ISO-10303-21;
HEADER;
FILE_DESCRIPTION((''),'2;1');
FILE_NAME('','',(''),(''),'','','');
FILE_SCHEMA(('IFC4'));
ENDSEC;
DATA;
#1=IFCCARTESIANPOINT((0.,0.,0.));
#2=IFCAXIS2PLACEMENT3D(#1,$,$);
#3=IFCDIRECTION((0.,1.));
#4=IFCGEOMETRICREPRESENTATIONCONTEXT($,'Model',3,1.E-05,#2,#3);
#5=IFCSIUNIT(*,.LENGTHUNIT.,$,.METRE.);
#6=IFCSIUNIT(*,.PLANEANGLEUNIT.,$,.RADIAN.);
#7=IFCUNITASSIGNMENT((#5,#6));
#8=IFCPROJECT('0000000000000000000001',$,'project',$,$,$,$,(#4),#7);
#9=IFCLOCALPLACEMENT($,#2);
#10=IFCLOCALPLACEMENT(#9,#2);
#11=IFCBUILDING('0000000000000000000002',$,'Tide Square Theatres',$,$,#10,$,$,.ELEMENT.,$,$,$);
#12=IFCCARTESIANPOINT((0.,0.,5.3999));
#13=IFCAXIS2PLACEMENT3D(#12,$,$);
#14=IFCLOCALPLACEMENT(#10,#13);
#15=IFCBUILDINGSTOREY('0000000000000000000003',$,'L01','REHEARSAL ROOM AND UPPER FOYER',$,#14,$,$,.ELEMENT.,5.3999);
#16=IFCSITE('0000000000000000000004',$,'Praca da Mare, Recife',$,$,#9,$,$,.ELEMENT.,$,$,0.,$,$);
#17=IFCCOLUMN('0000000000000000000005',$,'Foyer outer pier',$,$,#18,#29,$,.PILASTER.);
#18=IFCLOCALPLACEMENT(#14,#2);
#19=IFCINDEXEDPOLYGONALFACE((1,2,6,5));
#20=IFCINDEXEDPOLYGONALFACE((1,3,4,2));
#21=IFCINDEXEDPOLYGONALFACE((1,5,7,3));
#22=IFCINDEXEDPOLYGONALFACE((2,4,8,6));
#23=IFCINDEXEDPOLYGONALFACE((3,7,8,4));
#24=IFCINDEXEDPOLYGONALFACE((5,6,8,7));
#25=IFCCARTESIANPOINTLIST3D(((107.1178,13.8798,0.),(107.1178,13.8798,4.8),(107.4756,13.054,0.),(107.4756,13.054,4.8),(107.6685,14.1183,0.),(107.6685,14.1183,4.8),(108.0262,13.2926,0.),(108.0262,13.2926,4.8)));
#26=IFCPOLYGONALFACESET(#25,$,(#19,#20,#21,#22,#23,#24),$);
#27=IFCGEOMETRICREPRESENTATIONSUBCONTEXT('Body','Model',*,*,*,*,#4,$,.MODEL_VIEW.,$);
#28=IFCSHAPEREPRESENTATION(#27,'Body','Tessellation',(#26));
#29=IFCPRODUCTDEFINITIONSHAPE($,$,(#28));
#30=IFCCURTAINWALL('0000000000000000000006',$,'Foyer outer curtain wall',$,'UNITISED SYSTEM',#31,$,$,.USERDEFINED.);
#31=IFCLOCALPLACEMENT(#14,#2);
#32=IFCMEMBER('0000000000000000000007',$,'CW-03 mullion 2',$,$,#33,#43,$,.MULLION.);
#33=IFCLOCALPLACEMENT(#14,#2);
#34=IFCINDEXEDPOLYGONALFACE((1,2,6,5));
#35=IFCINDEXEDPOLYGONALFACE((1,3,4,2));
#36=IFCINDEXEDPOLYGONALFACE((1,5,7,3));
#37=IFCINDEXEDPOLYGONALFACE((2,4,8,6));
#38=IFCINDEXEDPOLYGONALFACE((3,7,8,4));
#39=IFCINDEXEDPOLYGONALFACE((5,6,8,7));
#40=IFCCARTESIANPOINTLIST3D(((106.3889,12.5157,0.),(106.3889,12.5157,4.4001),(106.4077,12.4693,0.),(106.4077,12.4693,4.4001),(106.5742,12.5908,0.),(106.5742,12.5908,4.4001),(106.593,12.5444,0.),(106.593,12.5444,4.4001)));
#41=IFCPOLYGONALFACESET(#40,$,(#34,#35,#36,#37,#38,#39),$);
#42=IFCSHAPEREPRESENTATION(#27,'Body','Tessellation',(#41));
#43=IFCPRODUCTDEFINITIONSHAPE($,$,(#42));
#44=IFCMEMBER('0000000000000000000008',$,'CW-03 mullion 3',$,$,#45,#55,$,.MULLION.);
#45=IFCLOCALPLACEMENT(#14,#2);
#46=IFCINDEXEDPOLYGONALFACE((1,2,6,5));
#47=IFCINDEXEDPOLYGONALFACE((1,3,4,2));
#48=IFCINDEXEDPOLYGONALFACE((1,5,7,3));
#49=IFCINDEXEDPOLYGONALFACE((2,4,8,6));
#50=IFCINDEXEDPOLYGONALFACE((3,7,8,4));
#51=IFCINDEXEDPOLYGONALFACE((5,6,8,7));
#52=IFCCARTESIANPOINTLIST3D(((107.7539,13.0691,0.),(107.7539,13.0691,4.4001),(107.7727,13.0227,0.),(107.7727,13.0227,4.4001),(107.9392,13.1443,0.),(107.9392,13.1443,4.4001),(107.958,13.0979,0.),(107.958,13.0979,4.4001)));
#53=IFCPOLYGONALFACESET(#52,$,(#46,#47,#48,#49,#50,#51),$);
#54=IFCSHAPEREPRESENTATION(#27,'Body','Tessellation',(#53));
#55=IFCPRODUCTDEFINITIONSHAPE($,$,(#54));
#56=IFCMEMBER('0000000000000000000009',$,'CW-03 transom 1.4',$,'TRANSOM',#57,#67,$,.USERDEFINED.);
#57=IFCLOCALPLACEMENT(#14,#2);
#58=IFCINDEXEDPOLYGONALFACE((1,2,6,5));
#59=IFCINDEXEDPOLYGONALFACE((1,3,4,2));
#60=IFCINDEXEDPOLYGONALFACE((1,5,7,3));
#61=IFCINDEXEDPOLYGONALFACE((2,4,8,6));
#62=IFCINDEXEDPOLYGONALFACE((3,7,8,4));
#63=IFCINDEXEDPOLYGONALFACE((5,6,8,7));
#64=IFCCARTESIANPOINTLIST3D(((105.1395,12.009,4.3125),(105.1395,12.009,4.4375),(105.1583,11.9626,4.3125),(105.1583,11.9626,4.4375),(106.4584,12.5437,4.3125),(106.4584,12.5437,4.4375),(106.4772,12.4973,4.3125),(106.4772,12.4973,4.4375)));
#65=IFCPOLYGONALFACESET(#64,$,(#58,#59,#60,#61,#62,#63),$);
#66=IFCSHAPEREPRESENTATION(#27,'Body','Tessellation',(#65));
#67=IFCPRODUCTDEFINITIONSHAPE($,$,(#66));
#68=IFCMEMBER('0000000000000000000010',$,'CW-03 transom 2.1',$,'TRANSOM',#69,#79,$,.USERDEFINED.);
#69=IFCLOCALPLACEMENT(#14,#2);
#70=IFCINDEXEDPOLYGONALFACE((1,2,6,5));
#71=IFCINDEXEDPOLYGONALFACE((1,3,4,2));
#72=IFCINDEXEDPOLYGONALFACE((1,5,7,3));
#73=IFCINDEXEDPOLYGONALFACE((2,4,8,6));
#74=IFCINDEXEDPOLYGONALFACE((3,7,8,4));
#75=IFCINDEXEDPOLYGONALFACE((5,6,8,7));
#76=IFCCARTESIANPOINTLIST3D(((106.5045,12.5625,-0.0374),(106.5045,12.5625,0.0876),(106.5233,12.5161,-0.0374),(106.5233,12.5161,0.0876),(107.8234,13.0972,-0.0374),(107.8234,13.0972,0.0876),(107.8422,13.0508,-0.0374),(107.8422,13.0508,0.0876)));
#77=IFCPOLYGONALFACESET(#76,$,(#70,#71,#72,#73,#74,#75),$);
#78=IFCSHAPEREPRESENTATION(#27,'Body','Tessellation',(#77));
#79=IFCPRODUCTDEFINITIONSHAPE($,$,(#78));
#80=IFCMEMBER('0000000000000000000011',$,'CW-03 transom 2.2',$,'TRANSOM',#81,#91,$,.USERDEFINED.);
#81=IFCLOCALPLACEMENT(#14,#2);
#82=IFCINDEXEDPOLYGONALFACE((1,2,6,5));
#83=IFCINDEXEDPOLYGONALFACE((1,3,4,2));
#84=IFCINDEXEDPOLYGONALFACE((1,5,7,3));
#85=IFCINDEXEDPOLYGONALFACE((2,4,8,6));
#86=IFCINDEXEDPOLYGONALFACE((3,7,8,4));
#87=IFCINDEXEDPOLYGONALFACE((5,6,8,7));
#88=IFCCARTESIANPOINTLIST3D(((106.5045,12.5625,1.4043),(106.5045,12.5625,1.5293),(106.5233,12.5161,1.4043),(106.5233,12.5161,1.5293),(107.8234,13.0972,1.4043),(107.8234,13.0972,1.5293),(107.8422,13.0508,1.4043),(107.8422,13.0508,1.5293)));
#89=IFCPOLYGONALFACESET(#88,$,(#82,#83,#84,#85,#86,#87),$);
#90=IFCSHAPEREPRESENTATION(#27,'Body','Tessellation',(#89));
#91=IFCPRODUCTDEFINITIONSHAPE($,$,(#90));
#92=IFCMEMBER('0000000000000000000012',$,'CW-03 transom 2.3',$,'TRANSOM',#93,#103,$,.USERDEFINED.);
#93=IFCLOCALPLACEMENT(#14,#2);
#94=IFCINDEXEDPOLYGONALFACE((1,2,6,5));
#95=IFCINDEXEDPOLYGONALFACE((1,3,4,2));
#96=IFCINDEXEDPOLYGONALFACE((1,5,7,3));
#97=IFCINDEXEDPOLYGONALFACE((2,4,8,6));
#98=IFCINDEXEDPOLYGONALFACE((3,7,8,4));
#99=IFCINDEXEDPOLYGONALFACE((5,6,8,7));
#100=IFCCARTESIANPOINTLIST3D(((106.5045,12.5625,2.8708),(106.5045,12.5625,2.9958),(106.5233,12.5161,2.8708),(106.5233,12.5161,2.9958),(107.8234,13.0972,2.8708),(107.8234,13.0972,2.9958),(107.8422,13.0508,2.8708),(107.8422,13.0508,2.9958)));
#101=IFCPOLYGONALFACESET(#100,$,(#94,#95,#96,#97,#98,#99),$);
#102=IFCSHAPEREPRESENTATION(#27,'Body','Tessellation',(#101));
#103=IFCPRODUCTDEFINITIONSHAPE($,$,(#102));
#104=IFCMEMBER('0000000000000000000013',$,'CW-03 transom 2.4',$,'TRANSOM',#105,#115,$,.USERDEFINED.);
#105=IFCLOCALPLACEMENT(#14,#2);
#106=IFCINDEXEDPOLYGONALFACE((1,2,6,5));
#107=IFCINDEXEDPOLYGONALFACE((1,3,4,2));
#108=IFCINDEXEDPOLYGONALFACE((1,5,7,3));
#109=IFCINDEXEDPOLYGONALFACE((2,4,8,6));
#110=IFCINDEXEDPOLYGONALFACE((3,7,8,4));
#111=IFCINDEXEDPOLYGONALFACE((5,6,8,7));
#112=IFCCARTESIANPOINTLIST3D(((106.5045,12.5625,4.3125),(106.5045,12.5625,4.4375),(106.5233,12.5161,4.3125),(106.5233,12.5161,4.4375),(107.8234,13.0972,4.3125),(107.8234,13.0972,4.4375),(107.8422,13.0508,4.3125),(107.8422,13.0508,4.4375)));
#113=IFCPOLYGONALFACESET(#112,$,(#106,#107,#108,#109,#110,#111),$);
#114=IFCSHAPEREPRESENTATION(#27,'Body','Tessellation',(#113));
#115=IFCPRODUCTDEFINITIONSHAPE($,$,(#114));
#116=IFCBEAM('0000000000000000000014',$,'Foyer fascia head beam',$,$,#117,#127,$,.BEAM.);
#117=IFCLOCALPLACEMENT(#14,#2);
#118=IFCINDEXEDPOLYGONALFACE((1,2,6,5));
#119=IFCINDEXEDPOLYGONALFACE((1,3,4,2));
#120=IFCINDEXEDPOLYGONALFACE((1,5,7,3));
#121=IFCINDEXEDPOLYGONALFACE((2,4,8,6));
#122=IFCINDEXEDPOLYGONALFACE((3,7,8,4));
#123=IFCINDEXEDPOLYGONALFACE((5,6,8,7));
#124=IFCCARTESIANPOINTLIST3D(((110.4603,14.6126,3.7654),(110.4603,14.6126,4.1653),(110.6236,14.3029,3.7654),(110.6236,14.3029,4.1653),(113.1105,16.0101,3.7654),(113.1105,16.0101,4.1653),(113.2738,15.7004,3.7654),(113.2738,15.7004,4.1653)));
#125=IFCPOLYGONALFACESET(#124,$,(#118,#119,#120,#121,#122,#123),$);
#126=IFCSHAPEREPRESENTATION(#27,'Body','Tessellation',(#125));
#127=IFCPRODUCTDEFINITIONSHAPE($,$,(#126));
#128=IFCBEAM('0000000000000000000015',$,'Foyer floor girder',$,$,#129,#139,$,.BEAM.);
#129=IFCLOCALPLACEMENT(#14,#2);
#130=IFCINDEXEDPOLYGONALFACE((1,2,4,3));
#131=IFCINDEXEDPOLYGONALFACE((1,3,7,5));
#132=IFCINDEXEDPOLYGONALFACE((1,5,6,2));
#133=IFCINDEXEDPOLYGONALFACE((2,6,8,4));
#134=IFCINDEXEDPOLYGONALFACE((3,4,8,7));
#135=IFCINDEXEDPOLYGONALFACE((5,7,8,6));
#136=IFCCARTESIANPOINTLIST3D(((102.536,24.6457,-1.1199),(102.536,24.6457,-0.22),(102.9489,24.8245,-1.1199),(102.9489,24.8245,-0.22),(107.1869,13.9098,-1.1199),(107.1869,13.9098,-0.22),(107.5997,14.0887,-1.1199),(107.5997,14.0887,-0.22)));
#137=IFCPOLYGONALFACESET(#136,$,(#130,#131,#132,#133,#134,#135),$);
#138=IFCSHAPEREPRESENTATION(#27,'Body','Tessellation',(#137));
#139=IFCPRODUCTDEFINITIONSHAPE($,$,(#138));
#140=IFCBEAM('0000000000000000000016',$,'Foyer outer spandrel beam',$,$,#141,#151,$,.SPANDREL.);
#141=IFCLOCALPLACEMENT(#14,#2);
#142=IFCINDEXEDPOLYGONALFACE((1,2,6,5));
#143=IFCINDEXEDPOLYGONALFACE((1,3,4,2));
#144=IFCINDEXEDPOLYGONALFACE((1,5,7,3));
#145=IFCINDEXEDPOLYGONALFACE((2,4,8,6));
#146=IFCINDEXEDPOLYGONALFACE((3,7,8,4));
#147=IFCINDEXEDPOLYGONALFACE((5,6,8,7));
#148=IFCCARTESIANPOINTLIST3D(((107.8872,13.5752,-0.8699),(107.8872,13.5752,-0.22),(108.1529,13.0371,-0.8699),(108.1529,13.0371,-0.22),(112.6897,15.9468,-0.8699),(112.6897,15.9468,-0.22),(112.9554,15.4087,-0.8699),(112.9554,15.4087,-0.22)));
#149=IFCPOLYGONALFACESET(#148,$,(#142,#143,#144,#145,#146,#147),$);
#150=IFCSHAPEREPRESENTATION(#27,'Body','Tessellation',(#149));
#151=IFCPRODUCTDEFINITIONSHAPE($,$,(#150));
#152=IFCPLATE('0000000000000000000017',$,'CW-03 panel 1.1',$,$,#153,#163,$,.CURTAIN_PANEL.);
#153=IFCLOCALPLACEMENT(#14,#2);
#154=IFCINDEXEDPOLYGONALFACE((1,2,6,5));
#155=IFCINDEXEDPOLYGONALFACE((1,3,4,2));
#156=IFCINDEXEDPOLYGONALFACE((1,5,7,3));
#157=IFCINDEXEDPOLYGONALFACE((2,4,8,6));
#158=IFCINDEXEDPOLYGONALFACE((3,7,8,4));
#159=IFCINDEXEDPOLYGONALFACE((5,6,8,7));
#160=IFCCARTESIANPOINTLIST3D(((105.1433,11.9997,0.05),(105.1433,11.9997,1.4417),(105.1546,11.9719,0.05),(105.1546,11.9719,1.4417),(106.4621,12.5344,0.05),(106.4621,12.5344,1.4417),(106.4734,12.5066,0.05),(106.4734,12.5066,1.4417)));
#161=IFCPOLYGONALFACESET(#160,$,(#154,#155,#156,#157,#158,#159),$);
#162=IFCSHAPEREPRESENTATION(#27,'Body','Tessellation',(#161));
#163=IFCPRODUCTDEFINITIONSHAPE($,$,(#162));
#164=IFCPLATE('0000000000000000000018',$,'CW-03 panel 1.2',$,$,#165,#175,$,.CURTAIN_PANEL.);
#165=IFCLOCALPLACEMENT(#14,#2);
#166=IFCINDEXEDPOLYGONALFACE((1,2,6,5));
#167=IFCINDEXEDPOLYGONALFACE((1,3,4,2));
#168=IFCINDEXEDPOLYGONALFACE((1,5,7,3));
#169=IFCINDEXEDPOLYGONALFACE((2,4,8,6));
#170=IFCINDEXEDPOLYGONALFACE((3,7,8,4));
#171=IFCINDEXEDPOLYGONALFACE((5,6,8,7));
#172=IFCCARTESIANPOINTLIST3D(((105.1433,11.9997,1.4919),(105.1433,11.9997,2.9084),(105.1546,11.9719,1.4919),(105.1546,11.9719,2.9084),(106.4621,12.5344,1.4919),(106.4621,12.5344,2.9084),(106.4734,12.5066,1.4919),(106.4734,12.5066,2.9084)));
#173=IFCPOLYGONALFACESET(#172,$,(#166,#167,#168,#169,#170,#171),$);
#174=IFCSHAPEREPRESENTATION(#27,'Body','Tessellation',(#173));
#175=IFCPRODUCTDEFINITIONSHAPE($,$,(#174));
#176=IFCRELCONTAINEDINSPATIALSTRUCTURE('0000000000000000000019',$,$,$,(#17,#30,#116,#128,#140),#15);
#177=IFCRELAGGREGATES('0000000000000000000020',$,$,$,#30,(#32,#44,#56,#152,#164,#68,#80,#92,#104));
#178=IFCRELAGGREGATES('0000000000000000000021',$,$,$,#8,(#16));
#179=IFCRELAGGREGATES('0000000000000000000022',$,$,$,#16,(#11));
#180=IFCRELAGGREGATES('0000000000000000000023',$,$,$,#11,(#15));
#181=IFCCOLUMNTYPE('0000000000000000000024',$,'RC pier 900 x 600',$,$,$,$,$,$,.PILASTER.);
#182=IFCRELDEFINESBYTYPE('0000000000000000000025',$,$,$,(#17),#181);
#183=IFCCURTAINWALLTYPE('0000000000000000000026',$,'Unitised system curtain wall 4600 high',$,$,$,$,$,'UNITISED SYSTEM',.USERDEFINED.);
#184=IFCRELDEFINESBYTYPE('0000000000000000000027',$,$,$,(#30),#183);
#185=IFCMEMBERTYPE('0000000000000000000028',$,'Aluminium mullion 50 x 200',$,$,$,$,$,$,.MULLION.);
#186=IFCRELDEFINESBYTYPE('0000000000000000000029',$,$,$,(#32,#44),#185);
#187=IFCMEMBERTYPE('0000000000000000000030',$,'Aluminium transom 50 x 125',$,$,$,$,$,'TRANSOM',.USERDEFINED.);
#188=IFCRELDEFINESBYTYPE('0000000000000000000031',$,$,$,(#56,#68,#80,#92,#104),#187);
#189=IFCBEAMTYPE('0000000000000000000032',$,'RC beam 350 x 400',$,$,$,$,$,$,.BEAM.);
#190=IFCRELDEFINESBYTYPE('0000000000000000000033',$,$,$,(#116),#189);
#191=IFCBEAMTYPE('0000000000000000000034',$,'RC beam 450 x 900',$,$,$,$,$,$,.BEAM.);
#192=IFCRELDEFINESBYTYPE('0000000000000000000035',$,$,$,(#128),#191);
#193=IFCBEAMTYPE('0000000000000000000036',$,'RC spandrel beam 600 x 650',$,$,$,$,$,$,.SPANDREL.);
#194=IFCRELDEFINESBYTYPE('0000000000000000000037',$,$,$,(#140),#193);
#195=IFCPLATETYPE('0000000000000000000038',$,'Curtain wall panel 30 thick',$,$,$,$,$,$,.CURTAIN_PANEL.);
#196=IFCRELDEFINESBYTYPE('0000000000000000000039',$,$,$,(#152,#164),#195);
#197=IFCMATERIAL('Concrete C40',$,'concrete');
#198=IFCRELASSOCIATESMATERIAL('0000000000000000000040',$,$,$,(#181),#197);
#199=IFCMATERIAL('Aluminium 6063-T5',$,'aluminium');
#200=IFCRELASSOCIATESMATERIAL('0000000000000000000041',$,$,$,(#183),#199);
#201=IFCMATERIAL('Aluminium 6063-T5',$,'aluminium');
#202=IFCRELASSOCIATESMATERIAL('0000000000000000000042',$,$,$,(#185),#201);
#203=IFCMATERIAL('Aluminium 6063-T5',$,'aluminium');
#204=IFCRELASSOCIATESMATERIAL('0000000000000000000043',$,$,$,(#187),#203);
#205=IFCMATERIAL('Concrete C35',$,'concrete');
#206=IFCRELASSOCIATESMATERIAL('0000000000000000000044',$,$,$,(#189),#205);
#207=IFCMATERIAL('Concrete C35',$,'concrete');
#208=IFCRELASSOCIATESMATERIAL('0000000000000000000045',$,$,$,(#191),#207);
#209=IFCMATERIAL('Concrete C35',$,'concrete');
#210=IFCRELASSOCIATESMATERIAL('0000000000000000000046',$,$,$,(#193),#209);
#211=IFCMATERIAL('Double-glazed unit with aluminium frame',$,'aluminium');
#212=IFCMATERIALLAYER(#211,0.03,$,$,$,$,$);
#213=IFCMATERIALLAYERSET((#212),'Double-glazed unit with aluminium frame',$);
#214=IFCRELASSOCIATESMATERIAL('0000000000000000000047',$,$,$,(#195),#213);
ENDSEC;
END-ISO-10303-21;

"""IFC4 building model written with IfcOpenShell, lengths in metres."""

from ifc_helpers import new_model, si_unit, direction, frame, origin, origin_2d, place, context, subcontext, project, spatial, rectangle, extrude, material, layer, layer_set, material_profile, profile_set, type_object, element, aggregate, save


model = new_model("IFC4")

# Units and contexts
model_context = context("Model", 3, precision=1e-05, world=origin(), true_north=direction((0.0, 1.0)))
body_context = subcontext(model_context, "Body", "Model", "MODEL_VIEW")
ifc_project = project(units=[si_unit("LENGTHUNIT", "METRE"), si_unit("PLANEANGLEUNIT", "RADIAN")], contexts=[model_context])

# Site, building, storey
site_placement = place(None, origin())
site = spatial("IfcSite", under=ifc_project, at=site_placement, Name="Praca da Mare, Recife", CompositionType="ELEMENT", RefElevation=0.0)
building_placement = place(site_placement, origin())
building = spatial("IfcBuilding", under=site, at=building_placement, Name="Tide Square Theatres", CompositionType="ELEMENT")
storey_placement = place(building_placement, frame((0.0, 0.0, 5.3999)))
storey = spatial("IfcBuildingStorey", under=building, at=storey_placement, Name="L01", Description="REHEARSAL ROOM AND UPPER FOYER", CompositionType="ELEMENT", Elevation=5.3999)

# Column
ifc_material_1 = material(Name="Concrete C40", Category="concrete")
ifc_material_profile_1 = material_profile(ifc_material_1, rectangle(XDim=0.8999, YDim=0.6001, at=origin_2d()))
ifc_profile_set_1 = profile_set([ifc_material_profile_1], Name="Concrete C40")
column_type = type_object("IfcColumnType", Name="RC pier 900 x 600", PredefinedType="PILASTER", material=ifc_profile_set_1)
column_placement = place(storey_placement, frame((107.572, 13.5862, 0.0), z_axis=(0.0, 0.0, 1.0), x_axis=(0.397505, -0.9176, 0.0)))
element("IfcColumn", 1, at=column_placement, inside=storey, type_object=column_type, Name="Foyer outer pier", PredefinedType="PILASTER", context=body_context, shape_type="SweptSolid", body=[
    extrude(rectangle(XDim=0.8999, YDim=0.6001, at=origin_2d()), origin(), (0.0, 0.0, 1.0), 4.8),
])

# Curtain wall, members
ifc_material_2 = material(Name="Aluminium 6063-T5", Category="aluminium")
curtain_wall_type = type_object("IfcCurtainWallType", Name="Unitised system curtain wall 4600 high", ElementType="UNITISED SYSTEM", PredefinedType="USERDEFINED", material=ifc_material_2)
curtain_wall_placement = place(storey_placement, origin())
curtain_wall = element("IfcCurtainWall", 2, at=curtain_wall_placement, inside=storey, type_object=curtain_wall_type, Name="Foyer outer curtain wall", ObjectType="UNITISED SYSTEM", PredefinedType="USERDEFINED")
ifc_material_3 = material(Name="Aluminium 6063-T5", Category="aluminium")
ifc_material_profile_2 = material_profile(ifc_material_3, rectangle(XDim=0.05, YDim=0.2, at=origin_2d()))
ifc_profile_set_2 = profile_set([ifc_material_profile_2], Name="Aluminium 6063-T5")
member_type_1 = type_object("IfcMemberType", Name="Aluminium mullion 50 x 200", PredefinedType="MULLION", material=ifc_profile_set_2)
member_1_placement = place(storey_placement, frame((106.491, 12.53, 0.0), z_axis=(0.0, 0.0, 1.0), x_axis=(-0.375731, 0.926729, 0.0)))
member_1 = element("IfcMember", 3, at=member_1_placement, type_object=member_type_1, Name="CW-03 mullion 2", PredefinedType="MULLION", context=body_context, shape_type="SweptSolid", body=[
    extrude(rectangle(XDim=0.05, YDim=0.2, at=origin_2d()), origin(), (0.0, 0.0, 1.0), 4.4001),
])
member_2_placement = place(storey_placement, frame((107.856, 13.0835, 0.0), z_axis=(0.0, 0.0, 1.0), x_axis=(-0.375731, 0.926729, 0.0)))
member_2 = element("IfcMember", 4, at=member_2_placement, type_object=member_type_1, Name="CW-03 mullion 3", PredefinedType="MULLION", context=body_context, shape_type="SweptSolid", body=[
    extrude(rectangle(XDim=0.05, YDim=0.2, at=origin_2d()), origin(), (0.0, 0.0, 1.0), 4.4001),
])
ifc_material_4 = material(Name="Aluminium 6063-T5", Category="aluminium")
ifc_material_profile_3 = material_profile(ifc_material_4, rectangle(XDim=0.05, YDim=0.125, at=origin_2d()))
ifc_profile_set_3 = profile_set([ifc_material_profile_3], Name="Aluminium 6063-T5")
member_type_2 = type_object("IfcMemberType", Name="Aluminium transom 50 x 125", ElementType="TRANSOM", PredefinedType="USERDEFINED", material=ifc_profile_set_3)
member_3_placement = place(storey_placement, frame((105.1489, 11.9858, 4.375), z_axis=(0.926739, 0.375705, 0.0), x_axis=(-0.375705, 0.926739, 0.0)))
member_3 = element("IfcMember", 5, at=member_3_placement, type_object=member_type_2, Name="CW-03 transom 1.4", ObjectType="TRANSOM", PredefinedType="USERDEFINED", context=body_context, shape_type="SweptSolid", body=[
    extrude(rectangle(XDim=0.05, YDim=0.125, at=origin_2d()), origin(), (0.0, 0.0, 1.0), 1.4231),
])
member_4_placement = place(storey_placement, frame((106.5139, 12.5393, 0.0251), z_axis=(0.926739, 0.375705, 0.0), x_axis=(-0.375705, 0.926739, 0.0)))
member_4 = element("IfcMember", 6, at=member_4_placement, type_object=member_type_2, Name="CW-03 transom 2.1", ObjectType="TRANSOM", PredefinedType="USERDEFINED", context=body_context, shape_type="SweptSolid", body=[
    extrude(rectangle(XDim=0.05, YDim=0.125, at=origin_2d()), origin(), (0.0, 0.0, 1.0), 1.4231),
])
member_5_placement = place(storey_placement, frame((106.5139, 12.5393, 1.4668), z_axis=(0.926739, 0.375705, 0.0), x_axis=(-0.375705, 0.926739, 0.0)))
member_5 = element("IfcMember", 7, at=member_5_placement, type_object=member_type_2, Name="CW-03 transom 2.2", ObjectType="TRANSOM", PredefinedType="USERDEFINED", context=body_context, shape_type="SweptSolid", body=[
    extrude(rectangle(XDim=0.05, YDim=0.125, at=origin_2d()), origin(), (0.0, 0.0, 1.0), 1.4231),
])
member_6_placement = place(storey_placement, frame((106.5139, 12.5393, 2.9333), z_axis=(0.926739, 0.375705, 0.0), x_axis=(-0.375705, 0.926739, 0.0)))
member_6 = element("IfcMember", 8, at=member_6_placement, type_object=member_type_2, Name="CW-03 transom 2.3", ObjectType="TRANSOM", PredefinedType="USERDEFINED", context=body_context, shape_type="SweptSolid", body=[
    extrude(rectangle(XDim=0.05, YDim=0.125, at=origin_2d()), origin(), (0.0, 0.0, 1.0), 1.4231),
])
member_7_placement = place(storey_placement, frame((106.5139, 12.5393, 4.375), z_axis=(0.926739, 0.375705, 0.0), x_axis=(-0.375705, 0.926739, 0.0)))
member_7 = element("IfcMember", 9, at=member_7_placement, type_object=member_type_2, Name="CW-03 transom 2.4", ObjectType="TRANSOM", PredefinedType="USERDEFINED", context=body_context, shape_type="SweptSolid", body=[
    extrude(rectangle(XDim=0.05, YDim=0.125, at=origin_2d()), origin(), (0.0, 0.0, 1.0), 1.4231),
])

# Beams
ifc_material_5 = material(Name="Concrete C35", Category="concrete")
ifc_material_profile_4 = material_profile(ifc_material_5, rectangle(XDim=0.3501, YDim=0.3999, at=origin_2d()))
ifc_profile_set_4 = profile_set([ifc_material_profile_4], Name="Concrete C35")
beam_type_1 = type_object("IfcBeamType", Name="RC beam 350 x 400", PredefinedType="BEAM", material=ifc_profile_set_4)
beam_1_placement = place(storey_placement, frame((110.542, 14.4578, 3.9653), z_axis=(0.884554, 0.466438, 0.0), x_axis=(-0.466438, 0.884554, 0.0)))
element("IfcBeam", 10, at=beam_1_placement, inside=storey, type_object=beam_type_1, Name="Foyer fascia head beam", PredefinedType="BEAM", context=body_context, shape_type="SweptSolid", body=[
    extrude(rectangle(XDim=0.3501, YDim=0.3999, at=origin_2d()), origin(), (0.0, 0.0, 1.0), 2.9961),
])
ifc_material_6 = material(Name="Concrete C35", Category="concrete")
ifc_material_profile_5 = material_profile(ifc_material_6, rectangle(XDim=0.45, YDim=0.8999, at=origin_2d()))
ifc_profile_set_5 = profile_set([ifc_material_profile_5], Name="Concrete C35")
beam_type_2 = type_object("IfcBeamType", Name="RC beam 450 x 900", PredefinedType="BEAM", material=ifc_profile_set_5)
beam_2_placement = place(storey_placement, frame((107.3933, 13.9993, -0.6699), z_axis=(-0.397513, 0.917597, 0.0), x_axis=(-0.917597, -0.397513, 0.0)))
element("IfcBeam", 11, at=beam_2_placement, inside=storey, type_object=beam_type_2, Name="Foyer floor girder", PredefinedType="BEAM", context=body_context, shape_type="SweptSolid", body=[
    extrude(rectangle(XDim=0.45, YDim=0.8999, at=origin_2d()), origin(), (0.0, 0.0, 1.0), 11.7),
])
ifc_material_7 = material(Name="Concrete C35", Category="concrete")
ifc_material_profile_6 = material_profile(ifc_material_7, rectangle(XDim=0.6001, YDim=0.6499, at=origin_2d()))
ifc_profile_set_6 = profile_set([ifc_material_profile_6], Name="Concrete C35")
beam_type_3 = type_object("IfcBeamType", Name="RC spandrel beam 600 x 650", PredefinedType="SPANDREL", material=ifc_profile_set_6)
beam_3_placement = place(storey_placement, frame((108.02, 13.3062, -0.5449), z_axis=(0.896631, 0.442778, 0.0), x_axis=(-0.442778, 0.896631, 0.0)))
element("IfcBeam", 12, at=beam_3_placement, inside=storey, type_object=beam_type_3, Name="Foyer outer spandrel beam", PredefinedType="SPANDREL", context=body_context, shape_type="SweptSolid", body=[
    extrude(rectangle(XDim=0.6001, YDim=0.6499, at=origin_2d()), origin(), (0.0, 0.0, 1.0), 5.3562),
])

# Plates
ifc_material_8 = material(Name="Double-glazed unit with aluminium frame", Category="aluminium")
ifc_layer_1 = layer(ifc_material_8, 0.03)
ifc_layer_set_1 = layer_set([ifc_layer_1], Name="Double-glazed unit with aluminium frame")
plate_type = type_object("IfcPlateType", Name="Curtain wall panel 30 thick", PredefinedType="CURTAIN_PANEL", material=ifc_layer_set_1)
plate_1_placement = place(storey_placement, frame((105.8083, 12.2532, 0.05), z_axis=(0.0, 0.0, 1.0), x_axis=(0.926729, 0.375731, 0.0)))
plate_1 = element("IfcPlate", 13, at=plate_1_placement, type_object=plate_type, Name="CW-03 panel 1.1", PredefinedType="CURTAIN_PANEL", context=body_context, shape_type="SweptSolid", body=[
    extrude(rectangle(XDim=1.4231, YDim=0.03, at=origin_2d()), origin(), (0.0, 0.0, 1.0), 1.3916),
])
plate_2_placement = place(storey_placement, frame((105.8083, 12.2532, 1.4919), z_axis=(0.0, 0.0, 1.0), x_axis=(0.926729, 0.375731, 0.0)))
plate_2 = element("IfcPlate", 14, at=plate_2_placement, type_object=plate_type, Name="CW-03 panel 1.2", PredefinedType="CURTAIN_PANEL", context=body_context, shape_type="SweptSolid", body=[
    extrude(rectangle(XDim=1.4231, YDim=0.03, at=origin_2d()), origin(), (0.0, 0.0, 1.0), 1.4165),
])
aggregate(curtain_wall, [member_1, member_2, member_3, plate_1, plate_2, member_4, member_5, member_6, member_7])

save(model, "model.ifc")
